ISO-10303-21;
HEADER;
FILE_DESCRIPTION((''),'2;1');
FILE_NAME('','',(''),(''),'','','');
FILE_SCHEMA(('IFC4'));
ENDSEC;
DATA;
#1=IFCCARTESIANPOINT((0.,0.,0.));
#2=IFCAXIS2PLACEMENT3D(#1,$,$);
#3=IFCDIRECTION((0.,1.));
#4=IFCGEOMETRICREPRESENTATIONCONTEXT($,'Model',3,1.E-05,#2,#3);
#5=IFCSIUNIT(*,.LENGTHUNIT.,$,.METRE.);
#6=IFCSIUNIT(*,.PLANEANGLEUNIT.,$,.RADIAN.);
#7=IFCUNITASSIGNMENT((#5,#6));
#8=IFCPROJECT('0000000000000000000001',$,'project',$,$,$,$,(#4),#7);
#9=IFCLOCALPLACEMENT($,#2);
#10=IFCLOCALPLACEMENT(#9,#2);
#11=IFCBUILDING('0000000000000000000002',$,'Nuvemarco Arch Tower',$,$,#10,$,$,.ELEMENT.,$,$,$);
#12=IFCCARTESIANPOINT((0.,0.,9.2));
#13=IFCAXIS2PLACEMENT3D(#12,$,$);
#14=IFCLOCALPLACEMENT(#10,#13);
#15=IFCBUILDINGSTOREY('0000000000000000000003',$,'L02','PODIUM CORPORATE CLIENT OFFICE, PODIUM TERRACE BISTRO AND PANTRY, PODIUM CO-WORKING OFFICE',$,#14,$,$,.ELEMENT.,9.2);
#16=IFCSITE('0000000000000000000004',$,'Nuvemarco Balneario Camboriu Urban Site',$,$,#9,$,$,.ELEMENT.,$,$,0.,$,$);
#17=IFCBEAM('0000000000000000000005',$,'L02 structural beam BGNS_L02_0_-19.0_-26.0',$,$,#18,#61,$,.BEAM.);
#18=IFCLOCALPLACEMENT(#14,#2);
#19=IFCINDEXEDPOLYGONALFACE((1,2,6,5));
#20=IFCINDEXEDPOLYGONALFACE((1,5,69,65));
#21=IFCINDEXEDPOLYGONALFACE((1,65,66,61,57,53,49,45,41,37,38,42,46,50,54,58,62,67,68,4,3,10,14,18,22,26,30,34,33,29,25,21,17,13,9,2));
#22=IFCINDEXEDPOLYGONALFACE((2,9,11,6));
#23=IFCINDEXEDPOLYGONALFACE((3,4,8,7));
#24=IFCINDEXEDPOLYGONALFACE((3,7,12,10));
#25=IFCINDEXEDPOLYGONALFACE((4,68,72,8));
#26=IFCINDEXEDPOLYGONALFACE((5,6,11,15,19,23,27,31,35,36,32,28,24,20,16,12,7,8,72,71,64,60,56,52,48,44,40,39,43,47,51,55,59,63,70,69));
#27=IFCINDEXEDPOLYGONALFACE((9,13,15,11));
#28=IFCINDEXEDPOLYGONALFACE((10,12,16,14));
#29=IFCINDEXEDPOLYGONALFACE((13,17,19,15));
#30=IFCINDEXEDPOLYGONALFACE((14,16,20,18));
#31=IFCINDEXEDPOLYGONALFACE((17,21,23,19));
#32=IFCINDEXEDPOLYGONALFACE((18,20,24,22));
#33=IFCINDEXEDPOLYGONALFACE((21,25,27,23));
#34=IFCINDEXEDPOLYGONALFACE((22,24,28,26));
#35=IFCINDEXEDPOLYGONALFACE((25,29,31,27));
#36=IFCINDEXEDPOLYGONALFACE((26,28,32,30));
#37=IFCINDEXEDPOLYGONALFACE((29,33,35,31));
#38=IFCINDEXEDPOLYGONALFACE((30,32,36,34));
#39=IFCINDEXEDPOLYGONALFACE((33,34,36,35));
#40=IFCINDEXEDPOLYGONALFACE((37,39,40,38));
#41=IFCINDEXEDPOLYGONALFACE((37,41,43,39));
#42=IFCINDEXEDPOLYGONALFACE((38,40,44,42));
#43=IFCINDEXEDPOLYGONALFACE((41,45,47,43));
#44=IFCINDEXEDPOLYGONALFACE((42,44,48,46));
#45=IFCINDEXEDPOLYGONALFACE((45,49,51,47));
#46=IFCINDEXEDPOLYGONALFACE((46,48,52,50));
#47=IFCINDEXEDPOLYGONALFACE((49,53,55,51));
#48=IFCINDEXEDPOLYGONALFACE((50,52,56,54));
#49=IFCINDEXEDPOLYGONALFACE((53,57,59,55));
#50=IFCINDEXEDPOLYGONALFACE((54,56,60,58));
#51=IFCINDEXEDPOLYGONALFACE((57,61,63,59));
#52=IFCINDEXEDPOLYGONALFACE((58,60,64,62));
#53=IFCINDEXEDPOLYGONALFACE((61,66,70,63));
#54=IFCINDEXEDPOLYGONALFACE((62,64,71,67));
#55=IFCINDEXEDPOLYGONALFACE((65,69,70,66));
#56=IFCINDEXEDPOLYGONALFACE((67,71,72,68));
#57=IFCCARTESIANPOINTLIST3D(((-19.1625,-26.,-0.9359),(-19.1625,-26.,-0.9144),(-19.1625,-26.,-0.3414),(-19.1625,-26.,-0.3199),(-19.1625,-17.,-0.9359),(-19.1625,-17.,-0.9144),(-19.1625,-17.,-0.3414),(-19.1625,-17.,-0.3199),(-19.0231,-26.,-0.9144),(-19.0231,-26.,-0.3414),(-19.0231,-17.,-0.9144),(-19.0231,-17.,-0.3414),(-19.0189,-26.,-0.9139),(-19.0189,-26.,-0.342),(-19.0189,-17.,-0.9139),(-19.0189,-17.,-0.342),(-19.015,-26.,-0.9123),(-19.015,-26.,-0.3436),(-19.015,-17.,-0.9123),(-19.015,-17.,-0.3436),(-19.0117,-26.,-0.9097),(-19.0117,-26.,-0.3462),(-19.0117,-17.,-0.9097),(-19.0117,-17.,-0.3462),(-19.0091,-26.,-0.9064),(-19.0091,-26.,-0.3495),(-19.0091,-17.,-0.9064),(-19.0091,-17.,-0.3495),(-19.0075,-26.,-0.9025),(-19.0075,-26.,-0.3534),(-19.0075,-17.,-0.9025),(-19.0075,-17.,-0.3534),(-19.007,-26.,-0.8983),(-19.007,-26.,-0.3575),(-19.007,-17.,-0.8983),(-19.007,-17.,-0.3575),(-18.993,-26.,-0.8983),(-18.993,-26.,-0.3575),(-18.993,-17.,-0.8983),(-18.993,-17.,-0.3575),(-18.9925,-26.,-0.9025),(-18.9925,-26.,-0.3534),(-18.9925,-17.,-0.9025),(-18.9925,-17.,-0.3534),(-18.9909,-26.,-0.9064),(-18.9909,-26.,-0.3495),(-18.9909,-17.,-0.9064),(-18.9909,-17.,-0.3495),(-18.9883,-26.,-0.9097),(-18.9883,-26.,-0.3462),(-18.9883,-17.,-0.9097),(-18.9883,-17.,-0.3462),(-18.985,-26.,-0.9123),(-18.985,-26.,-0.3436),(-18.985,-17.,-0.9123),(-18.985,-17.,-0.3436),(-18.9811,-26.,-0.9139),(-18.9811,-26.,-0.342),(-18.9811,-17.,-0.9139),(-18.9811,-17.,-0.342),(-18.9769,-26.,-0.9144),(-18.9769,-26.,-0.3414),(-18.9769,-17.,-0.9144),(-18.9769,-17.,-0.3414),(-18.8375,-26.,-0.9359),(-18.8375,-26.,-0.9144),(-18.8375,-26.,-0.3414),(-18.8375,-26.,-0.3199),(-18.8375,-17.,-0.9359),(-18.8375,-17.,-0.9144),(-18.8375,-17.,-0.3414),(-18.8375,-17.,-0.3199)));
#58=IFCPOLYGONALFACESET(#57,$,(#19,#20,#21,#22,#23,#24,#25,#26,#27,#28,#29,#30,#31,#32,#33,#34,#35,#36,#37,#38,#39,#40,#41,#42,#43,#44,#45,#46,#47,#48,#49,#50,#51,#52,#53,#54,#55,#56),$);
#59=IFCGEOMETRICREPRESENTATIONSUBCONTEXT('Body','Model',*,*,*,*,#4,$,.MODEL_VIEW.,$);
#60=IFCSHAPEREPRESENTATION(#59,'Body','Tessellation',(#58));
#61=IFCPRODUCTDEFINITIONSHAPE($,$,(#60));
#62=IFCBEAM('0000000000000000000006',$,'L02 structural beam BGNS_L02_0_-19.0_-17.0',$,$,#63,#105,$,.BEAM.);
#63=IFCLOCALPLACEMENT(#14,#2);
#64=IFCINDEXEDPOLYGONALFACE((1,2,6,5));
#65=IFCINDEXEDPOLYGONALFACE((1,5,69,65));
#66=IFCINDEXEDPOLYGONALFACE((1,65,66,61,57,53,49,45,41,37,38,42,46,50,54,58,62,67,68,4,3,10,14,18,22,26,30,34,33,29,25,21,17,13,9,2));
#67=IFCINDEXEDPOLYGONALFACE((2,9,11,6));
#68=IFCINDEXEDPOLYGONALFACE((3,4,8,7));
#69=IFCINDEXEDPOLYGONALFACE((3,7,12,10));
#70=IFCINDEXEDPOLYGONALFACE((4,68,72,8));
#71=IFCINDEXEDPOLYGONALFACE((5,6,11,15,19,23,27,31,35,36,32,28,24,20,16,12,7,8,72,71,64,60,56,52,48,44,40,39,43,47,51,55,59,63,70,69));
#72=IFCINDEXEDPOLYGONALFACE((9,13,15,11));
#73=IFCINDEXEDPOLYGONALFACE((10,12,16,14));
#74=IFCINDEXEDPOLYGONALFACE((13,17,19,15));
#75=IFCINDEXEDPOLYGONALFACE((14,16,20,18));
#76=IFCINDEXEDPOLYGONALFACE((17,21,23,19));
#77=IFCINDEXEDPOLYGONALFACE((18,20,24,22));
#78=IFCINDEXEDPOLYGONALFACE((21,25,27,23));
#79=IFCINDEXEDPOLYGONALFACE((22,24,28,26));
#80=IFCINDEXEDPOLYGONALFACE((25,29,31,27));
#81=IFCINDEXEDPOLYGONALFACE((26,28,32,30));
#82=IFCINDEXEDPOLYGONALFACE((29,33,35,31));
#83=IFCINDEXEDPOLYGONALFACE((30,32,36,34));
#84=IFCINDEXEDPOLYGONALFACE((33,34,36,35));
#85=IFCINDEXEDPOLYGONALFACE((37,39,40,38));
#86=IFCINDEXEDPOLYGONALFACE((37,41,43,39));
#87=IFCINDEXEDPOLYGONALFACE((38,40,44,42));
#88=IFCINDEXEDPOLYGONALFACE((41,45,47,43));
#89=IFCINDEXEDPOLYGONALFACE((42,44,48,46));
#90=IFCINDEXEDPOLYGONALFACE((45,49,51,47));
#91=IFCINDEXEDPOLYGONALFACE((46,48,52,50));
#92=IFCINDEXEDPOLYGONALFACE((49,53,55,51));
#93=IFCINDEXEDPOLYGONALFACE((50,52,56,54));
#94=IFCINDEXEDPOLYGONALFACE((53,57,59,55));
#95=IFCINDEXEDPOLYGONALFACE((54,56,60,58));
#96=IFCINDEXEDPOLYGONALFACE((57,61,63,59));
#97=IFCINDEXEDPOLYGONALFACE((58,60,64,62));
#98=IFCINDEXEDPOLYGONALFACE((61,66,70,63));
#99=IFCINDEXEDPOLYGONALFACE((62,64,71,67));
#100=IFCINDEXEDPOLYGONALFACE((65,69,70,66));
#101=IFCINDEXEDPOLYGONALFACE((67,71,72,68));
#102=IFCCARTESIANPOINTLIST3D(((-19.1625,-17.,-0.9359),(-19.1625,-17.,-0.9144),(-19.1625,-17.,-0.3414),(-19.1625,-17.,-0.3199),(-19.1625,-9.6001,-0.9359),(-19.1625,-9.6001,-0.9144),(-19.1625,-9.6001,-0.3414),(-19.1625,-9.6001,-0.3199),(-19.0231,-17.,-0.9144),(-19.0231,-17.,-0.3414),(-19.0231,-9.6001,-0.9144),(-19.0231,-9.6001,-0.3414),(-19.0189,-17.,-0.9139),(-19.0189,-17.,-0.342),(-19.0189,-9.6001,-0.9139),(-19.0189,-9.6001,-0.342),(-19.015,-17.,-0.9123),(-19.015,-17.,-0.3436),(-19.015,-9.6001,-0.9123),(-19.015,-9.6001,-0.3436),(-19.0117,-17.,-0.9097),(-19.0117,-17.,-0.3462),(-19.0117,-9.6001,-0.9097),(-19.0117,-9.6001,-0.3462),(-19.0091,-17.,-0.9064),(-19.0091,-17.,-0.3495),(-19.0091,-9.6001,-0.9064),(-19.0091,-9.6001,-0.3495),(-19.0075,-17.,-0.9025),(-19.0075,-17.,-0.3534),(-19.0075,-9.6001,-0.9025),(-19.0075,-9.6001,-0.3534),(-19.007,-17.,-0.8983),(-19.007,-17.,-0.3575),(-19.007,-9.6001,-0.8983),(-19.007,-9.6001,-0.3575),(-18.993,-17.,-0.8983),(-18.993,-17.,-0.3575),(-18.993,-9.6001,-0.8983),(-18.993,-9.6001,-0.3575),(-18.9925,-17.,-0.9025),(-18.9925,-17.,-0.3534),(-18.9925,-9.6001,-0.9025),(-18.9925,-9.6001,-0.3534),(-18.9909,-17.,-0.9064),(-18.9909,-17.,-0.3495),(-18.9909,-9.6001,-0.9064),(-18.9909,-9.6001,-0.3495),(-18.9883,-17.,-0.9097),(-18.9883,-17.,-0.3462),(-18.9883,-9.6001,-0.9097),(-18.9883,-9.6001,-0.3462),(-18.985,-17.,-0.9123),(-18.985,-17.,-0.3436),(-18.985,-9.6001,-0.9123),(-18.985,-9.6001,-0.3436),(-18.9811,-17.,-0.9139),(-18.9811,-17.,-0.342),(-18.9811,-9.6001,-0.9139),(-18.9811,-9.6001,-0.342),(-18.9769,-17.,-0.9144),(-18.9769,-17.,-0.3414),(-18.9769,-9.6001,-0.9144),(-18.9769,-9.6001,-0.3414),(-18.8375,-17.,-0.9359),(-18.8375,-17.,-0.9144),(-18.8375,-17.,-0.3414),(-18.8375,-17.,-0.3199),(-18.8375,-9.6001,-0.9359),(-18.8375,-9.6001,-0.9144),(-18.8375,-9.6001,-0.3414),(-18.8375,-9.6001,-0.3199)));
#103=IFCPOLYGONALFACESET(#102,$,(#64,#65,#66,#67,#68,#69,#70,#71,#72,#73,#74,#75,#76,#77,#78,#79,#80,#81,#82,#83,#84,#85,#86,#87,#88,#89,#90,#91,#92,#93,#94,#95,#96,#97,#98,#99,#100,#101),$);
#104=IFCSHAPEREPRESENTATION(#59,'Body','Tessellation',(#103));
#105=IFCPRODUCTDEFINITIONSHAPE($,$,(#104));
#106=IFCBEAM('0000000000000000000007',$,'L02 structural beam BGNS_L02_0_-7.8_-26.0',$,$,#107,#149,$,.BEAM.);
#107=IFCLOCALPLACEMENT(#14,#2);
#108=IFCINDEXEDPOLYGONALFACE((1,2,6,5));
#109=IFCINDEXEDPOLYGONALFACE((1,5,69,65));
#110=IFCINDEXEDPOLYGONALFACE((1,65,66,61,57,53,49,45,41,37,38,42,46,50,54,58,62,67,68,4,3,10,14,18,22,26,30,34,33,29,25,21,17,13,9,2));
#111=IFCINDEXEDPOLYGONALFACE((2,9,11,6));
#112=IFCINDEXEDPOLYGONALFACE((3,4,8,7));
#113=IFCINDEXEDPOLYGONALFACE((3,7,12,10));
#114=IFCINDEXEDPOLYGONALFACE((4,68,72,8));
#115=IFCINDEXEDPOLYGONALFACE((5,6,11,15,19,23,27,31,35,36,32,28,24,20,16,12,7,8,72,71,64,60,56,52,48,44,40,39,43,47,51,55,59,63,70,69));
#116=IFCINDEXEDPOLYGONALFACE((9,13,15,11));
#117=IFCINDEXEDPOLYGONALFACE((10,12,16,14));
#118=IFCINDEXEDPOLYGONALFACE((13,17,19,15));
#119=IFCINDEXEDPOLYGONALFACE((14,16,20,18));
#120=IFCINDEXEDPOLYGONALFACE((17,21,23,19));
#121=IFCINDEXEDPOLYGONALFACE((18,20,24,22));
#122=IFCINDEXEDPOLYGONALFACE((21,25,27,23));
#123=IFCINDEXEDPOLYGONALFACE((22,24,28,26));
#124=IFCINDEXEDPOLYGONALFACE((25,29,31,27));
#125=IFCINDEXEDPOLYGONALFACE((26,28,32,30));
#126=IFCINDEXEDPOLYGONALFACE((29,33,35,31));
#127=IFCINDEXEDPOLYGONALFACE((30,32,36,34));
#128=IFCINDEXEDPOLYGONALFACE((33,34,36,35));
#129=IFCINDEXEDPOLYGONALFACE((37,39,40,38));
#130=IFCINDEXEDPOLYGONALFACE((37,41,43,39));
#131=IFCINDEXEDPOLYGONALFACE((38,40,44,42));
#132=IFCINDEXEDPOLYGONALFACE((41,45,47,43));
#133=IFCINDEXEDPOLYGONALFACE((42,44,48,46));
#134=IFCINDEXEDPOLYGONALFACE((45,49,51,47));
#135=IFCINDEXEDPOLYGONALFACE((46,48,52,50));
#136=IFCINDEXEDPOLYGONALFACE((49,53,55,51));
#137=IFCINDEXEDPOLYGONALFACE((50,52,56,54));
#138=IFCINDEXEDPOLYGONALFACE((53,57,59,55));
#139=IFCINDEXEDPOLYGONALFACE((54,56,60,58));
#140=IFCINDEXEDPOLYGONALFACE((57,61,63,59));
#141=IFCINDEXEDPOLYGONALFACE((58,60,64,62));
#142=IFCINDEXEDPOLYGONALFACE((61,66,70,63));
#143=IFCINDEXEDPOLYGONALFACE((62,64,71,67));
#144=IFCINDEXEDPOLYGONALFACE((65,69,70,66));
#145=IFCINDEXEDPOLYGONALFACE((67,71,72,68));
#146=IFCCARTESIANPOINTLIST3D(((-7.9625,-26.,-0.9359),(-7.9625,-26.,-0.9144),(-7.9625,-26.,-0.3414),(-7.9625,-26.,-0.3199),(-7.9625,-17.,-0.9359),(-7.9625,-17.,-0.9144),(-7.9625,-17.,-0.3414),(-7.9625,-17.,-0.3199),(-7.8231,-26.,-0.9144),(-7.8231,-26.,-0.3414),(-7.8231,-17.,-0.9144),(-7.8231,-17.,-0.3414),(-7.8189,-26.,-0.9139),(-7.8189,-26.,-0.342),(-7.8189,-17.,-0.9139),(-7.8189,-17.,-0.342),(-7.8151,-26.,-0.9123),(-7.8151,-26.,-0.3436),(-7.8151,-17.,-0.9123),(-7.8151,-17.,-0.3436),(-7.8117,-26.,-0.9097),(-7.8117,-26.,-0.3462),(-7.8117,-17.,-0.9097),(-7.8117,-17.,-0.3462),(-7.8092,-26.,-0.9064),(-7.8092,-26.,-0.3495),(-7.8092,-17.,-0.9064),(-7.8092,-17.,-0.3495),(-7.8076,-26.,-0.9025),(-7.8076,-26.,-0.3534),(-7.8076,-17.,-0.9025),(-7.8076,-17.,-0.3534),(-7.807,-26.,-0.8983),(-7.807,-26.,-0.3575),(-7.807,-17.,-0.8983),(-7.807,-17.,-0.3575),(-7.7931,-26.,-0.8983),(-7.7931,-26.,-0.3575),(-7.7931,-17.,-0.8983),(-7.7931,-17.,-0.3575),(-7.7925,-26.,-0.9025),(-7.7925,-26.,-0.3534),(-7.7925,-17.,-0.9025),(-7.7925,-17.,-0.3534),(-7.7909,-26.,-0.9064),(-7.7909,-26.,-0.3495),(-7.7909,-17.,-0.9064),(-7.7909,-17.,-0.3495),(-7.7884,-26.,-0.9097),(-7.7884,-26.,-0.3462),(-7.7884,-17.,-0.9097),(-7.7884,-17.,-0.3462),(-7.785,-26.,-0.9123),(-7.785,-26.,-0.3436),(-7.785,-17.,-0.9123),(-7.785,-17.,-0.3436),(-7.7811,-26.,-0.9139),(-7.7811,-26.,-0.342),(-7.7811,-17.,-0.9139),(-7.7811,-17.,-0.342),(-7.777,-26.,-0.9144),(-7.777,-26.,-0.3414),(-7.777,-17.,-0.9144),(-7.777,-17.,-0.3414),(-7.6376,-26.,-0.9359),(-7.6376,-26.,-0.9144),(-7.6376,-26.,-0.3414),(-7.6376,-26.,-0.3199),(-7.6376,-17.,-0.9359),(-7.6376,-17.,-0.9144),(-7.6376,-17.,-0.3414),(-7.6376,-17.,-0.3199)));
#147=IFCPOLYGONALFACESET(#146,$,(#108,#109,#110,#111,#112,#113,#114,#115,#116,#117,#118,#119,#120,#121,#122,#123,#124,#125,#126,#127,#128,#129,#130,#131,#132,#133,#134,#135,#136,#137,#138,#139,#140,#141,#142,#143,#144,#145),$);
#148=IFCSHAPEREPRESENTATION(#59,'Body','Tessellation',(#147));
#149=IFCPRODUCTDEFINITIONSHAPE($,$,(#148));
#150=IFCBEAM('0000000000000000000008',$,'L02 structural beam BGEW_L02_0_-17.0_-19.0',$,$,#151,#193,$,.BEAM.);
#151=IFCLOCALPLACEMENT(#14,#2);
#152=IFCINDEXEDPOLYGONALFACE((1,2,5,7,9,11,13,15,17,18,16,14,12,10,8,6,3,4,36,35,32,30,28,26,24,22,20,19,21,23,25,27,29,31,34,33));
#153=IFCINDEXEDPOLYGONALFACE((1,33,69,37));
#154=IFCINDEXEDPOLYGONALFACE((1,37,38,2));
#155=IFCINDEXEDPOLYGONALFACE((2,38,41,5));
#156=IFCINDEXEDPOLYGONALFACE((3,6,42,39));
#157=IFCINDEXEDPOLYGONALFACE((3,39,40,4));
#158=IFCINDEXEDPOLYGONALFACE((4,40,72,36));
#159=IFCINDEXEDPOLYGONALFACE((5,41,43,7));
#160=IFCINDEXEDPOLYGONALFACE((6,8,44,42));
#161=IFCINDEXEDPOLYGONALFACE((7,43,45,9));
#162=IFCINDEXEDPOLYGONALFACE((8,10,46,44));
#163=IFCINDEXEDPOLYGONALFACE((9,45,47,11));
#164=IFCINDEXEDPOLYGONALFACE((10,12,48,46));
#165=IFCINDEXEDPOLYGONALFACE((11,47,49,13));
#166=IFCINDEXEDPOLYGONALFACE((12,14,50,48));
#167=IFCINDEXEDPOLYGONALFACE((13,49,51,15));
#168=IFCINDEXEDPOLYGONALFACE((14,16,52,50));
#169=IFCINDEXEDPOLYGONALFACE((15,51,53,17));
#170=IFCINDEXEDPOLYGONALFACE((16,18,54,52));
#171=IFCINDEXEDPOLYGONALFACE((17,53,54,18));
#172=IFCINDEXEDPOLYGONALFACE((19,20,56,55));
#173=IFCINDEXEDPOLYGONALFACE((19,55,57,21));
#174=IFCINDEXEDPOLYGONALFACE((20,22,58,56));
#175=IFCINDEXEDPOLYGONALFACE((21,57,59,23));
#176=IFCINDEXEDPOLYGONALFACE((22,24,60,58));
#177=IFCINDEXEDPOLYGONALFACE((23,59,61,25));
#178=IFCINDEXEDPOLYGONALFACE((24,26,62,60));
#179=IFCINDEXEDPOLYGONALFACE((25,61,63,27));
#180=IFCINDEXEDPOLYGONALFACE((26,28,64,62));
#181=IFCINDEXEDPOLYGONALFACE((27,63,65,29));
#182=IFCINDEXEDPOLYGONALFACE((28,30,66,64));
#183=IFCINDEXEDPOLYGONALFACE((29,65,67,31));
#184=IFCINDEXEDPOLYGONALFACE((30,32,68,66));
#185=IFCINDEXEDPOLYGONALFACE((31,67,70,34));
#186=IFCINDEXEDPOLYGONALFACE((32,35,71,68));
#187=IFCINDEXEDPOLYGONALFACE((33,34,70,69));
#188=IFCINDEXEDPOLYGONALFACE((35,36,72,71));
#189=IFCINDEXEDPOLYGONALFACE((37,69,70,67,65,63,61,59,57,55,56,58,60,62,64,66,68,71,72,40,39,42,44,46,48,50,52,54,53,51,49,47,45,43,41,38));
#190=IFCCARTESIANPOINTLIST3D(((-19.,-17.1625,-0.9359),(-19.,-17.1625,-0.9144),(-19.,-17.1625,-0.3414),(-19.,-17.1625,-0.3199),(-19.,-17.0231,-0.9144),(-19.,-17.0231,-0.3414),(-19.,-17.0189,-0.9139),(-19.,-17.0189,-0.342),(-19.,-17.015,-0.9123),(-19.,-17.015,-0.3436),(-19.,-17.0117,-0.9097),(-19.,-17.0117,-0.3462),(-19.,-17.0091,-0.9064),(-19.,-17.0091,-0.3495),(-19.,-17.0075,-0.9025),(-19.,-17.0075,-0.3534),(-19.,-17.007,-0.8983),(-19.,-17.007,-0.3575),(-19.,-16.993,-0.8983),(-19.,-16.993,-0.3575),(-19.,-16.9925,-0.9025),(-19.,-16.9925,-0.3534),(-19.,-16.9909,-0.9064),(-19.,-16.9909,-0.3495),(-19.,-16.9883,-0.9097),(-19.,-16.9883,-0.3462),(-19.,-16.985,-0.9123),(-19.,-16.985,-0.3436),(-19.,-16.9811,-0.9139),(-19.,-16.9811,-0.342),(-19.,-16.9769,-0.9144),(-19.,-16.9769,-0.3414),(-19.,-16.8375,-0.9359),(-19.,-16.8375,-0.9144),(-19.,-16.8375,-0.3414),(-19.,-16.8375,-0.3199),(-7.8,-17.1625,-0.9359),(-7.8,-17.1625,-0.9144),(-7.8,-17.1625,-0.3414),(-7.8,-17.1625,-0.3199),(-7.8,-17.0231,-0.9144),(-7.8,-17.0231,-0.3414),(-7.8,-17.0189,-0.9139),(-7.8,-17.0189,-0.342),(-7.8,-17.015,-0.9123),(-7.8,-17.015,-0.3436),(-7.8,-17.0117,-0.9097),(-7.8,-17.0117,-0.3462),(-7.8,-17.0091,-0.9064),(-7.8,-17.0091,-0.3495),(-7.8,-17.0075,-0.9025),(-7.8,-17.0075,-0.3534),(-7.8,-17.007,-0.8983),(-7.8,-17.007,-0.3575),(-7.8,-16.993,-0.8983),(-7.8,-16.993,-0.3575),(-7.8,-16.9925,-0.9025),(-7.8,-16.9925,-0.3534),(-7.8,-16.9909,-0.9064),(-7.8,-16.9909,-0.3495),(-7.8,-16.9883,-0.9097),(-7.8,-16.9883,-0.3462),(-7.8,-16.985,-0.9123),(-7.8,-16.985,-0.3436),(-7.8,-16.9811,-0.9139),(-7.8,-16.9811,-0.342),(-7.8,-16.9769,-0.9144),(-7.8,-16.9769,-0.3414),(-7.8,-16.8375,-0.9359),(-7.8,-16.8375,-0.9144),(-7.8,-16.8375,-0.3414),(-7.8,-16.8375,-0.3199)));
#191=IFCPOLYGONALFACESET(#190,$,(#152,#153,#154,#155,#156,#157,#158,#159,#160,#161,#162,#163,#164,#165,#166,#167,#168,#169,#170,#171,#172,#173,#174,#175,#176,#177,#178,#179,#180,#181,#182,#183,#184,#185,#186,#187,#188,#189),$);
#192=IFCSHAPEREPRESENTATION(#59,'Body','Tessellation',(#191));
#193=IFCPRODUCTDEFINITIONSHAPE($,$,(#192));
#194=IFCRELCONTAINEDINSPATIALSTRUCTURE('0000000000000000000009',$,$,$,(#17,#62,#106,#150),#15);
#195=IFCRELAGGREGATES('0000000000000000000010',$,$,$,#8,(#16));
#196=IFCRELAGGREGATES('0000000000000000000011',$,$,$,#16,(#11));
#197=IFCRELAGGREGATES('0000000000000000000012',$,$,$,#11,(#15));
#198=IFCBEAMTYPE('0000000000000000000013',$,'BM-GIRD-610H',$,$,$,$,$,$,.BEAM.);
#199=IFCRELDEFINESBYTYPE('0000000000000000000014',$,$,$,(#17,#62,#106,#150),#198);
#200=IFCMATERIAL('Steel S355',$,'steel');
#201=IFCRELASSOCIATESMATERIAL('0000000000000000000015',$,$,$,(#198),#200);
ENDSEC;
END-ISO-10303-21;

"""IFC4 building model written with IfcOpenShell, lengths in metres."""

from ifc_helpers import new_model, si_unit, direction, frame, origin, origin_2d, place, context, subcontext, project, spatial, i_section, extrude, material, material_profile, profile_set, type_object, element, save


model = new_model("IFC4")

# Units and contexts
model_context = context("Model", 3, precision=1e-05, world=origin(), true_north=direction((0.0, 1.0)))
body_context = subcontext(model_context, "Body", "Model", "MODEL_VIEW")
ifc_project = project(units=[si_unit("LENGTHUNIT", "METRE"), si_unit("PLANEANGLEUNIT", "RADIAN")], contexts=[model_context])

# Site, building, storey
site_placement = place(None, origin())
site = spatial("IfcSite", under=ifc_project, at=site_placement, Name="Nuvemarco Balneario Camboriu Urban Site", CompositionType="ELEMENT", RefElevation=0.0)
building_placement = place(site_placement, origin())
building = spatial("IfcBuilding", under=site, at=building_placement, Name="Nuvemarco Arch Tower", CompositionType="ELEMENT")
storey_placement = place(building_placement, frame((0.0, 0.0, 9.2)))
storey = spatial("IfcBuildingStorey", under=building, at=storey_placement, Name="L02", Description="PODIUM CORPORATE CLIENT OFFICE, PODIUM TERRACE BISTRO AND PANTRY, PODIUM CO-WORKING OFFICE", CompositionType="ELEMENT", Elevation=9.2)

# Beams
ifc_material_1 = material(Name="Steel S355", Category="steel")
ifc_material_profile_1 = material_profile(ifc_material_1, i_section(OverallWidth=0.325, OverallDepth=0.616, WebThickness=0.0139, FlangeThickness=0.0215, FilletRadius=0.0161, at=origin_2d()), Name="W610x174")
ifc_profile_set_1 = profile_set([ifc_material_profile_1], Name="Steel S355")
beam_type_1 = type_object("IfcBeamType", Name="BM-GIRD-610H", PredefinedType="BEAM", material=ifc_profile_set_1)
beam_1_placement = place(storey_placement, frame((-19.0, -26.0, -0.6279), z_axis=(0.0, 1.0, 0.0), x_axis=(-1.0, 0.0, 0.0)))
element("IfcBeam", 1, at=beam_1_placement, inside=storey, type_object=beam_type_1, Name="L02 structural beam BGNS_L02_0_-19.0_-26.0", PredefinedType="BEAM", context=body_context, shape_type="SweptSolid", body=[
    extrude(i_section(OverallWidth=0.325, OverallDepth=0.616, WebThickness=0.0139, FlangeThickness=0.0215, FilletRadius=0.0161, at=origin_2d()), origin(), (0.0, 0.0, 1.0), 9.0),
])
beam_2_placement = place(storey_placement, frame((-19.0, -17.0, -0.6279), z_axis=(0.0, 1.0, 0.0), x_axis=(-1.0, 0.0, 0.0)))
element("IfcBeam", 2, at=beam_2_placement, inside=storey, type_object=beam_type_1, Name="L02 structural beam BGNS_L02_0_-19.0_-17.0", PredefinedType="BEAM", context=body_context, shape_type="SweptSolid", body=[
    extrude(i_section(OverallWidth=0.325, OverallDepth=0.616, WebThickness=0.0139, FlangeThickness=0.0215, FilletRadius=0.0161, at=origin_2d()), origin(), (0.0, 0.0, 1.0), 7.3999),
])
beam_3_placement = place(storey_placement, frame((-7.8, -26.0, -0.6279), z_axis=(0.0, 1.0, 0.0), x_axis=(-1.0, 0.0, 0.0)))
element("IfcBeam", 3, at=beam_3_placement, inside=storey, type_object=beam_type_1, Name="L02 structural beam BGNS_L02_0_-7.8_-26.0", PredefinedType="BEAM", context=body_context, shape_type="SweptSolid", body=[
    extrude(i_section(OverallWidth=0.325, OverallDepth=0.616, WebThickness=0.0139, FlangeThickness=0.0215, FilletRadius=0.0161, at=origin_2d()), origin(), (0.0, 0.0, 1.0), 9.0),
])
beam_4_placement = place(storey_placement, frame((-19.0, -17.0, -0.6279), z_axis=(1.0, 0.0, 0.0), x_axis=(0.0, 1.0, 0.0)))
element("IfcBeam", 4, at=beam_4_placement, inside=storey, type_object=beam_type_1, Name="L02 structural beam BGEW_L02_0_-17.0_-19.0", PredefinedType="BEAM", context=body_context, shape_type="SweptSolid", body=[
    extrude(i_section(OverallWidth=0.325, OverallDepth=0.616, WebThickness=0.0139, FlangeThickness=0.0215, FilletRadius=0.0161, at=origin_2d()), origin(), (0.0, 0.0, 1.0), 11.2),
])

save(model, "model.ifc")
